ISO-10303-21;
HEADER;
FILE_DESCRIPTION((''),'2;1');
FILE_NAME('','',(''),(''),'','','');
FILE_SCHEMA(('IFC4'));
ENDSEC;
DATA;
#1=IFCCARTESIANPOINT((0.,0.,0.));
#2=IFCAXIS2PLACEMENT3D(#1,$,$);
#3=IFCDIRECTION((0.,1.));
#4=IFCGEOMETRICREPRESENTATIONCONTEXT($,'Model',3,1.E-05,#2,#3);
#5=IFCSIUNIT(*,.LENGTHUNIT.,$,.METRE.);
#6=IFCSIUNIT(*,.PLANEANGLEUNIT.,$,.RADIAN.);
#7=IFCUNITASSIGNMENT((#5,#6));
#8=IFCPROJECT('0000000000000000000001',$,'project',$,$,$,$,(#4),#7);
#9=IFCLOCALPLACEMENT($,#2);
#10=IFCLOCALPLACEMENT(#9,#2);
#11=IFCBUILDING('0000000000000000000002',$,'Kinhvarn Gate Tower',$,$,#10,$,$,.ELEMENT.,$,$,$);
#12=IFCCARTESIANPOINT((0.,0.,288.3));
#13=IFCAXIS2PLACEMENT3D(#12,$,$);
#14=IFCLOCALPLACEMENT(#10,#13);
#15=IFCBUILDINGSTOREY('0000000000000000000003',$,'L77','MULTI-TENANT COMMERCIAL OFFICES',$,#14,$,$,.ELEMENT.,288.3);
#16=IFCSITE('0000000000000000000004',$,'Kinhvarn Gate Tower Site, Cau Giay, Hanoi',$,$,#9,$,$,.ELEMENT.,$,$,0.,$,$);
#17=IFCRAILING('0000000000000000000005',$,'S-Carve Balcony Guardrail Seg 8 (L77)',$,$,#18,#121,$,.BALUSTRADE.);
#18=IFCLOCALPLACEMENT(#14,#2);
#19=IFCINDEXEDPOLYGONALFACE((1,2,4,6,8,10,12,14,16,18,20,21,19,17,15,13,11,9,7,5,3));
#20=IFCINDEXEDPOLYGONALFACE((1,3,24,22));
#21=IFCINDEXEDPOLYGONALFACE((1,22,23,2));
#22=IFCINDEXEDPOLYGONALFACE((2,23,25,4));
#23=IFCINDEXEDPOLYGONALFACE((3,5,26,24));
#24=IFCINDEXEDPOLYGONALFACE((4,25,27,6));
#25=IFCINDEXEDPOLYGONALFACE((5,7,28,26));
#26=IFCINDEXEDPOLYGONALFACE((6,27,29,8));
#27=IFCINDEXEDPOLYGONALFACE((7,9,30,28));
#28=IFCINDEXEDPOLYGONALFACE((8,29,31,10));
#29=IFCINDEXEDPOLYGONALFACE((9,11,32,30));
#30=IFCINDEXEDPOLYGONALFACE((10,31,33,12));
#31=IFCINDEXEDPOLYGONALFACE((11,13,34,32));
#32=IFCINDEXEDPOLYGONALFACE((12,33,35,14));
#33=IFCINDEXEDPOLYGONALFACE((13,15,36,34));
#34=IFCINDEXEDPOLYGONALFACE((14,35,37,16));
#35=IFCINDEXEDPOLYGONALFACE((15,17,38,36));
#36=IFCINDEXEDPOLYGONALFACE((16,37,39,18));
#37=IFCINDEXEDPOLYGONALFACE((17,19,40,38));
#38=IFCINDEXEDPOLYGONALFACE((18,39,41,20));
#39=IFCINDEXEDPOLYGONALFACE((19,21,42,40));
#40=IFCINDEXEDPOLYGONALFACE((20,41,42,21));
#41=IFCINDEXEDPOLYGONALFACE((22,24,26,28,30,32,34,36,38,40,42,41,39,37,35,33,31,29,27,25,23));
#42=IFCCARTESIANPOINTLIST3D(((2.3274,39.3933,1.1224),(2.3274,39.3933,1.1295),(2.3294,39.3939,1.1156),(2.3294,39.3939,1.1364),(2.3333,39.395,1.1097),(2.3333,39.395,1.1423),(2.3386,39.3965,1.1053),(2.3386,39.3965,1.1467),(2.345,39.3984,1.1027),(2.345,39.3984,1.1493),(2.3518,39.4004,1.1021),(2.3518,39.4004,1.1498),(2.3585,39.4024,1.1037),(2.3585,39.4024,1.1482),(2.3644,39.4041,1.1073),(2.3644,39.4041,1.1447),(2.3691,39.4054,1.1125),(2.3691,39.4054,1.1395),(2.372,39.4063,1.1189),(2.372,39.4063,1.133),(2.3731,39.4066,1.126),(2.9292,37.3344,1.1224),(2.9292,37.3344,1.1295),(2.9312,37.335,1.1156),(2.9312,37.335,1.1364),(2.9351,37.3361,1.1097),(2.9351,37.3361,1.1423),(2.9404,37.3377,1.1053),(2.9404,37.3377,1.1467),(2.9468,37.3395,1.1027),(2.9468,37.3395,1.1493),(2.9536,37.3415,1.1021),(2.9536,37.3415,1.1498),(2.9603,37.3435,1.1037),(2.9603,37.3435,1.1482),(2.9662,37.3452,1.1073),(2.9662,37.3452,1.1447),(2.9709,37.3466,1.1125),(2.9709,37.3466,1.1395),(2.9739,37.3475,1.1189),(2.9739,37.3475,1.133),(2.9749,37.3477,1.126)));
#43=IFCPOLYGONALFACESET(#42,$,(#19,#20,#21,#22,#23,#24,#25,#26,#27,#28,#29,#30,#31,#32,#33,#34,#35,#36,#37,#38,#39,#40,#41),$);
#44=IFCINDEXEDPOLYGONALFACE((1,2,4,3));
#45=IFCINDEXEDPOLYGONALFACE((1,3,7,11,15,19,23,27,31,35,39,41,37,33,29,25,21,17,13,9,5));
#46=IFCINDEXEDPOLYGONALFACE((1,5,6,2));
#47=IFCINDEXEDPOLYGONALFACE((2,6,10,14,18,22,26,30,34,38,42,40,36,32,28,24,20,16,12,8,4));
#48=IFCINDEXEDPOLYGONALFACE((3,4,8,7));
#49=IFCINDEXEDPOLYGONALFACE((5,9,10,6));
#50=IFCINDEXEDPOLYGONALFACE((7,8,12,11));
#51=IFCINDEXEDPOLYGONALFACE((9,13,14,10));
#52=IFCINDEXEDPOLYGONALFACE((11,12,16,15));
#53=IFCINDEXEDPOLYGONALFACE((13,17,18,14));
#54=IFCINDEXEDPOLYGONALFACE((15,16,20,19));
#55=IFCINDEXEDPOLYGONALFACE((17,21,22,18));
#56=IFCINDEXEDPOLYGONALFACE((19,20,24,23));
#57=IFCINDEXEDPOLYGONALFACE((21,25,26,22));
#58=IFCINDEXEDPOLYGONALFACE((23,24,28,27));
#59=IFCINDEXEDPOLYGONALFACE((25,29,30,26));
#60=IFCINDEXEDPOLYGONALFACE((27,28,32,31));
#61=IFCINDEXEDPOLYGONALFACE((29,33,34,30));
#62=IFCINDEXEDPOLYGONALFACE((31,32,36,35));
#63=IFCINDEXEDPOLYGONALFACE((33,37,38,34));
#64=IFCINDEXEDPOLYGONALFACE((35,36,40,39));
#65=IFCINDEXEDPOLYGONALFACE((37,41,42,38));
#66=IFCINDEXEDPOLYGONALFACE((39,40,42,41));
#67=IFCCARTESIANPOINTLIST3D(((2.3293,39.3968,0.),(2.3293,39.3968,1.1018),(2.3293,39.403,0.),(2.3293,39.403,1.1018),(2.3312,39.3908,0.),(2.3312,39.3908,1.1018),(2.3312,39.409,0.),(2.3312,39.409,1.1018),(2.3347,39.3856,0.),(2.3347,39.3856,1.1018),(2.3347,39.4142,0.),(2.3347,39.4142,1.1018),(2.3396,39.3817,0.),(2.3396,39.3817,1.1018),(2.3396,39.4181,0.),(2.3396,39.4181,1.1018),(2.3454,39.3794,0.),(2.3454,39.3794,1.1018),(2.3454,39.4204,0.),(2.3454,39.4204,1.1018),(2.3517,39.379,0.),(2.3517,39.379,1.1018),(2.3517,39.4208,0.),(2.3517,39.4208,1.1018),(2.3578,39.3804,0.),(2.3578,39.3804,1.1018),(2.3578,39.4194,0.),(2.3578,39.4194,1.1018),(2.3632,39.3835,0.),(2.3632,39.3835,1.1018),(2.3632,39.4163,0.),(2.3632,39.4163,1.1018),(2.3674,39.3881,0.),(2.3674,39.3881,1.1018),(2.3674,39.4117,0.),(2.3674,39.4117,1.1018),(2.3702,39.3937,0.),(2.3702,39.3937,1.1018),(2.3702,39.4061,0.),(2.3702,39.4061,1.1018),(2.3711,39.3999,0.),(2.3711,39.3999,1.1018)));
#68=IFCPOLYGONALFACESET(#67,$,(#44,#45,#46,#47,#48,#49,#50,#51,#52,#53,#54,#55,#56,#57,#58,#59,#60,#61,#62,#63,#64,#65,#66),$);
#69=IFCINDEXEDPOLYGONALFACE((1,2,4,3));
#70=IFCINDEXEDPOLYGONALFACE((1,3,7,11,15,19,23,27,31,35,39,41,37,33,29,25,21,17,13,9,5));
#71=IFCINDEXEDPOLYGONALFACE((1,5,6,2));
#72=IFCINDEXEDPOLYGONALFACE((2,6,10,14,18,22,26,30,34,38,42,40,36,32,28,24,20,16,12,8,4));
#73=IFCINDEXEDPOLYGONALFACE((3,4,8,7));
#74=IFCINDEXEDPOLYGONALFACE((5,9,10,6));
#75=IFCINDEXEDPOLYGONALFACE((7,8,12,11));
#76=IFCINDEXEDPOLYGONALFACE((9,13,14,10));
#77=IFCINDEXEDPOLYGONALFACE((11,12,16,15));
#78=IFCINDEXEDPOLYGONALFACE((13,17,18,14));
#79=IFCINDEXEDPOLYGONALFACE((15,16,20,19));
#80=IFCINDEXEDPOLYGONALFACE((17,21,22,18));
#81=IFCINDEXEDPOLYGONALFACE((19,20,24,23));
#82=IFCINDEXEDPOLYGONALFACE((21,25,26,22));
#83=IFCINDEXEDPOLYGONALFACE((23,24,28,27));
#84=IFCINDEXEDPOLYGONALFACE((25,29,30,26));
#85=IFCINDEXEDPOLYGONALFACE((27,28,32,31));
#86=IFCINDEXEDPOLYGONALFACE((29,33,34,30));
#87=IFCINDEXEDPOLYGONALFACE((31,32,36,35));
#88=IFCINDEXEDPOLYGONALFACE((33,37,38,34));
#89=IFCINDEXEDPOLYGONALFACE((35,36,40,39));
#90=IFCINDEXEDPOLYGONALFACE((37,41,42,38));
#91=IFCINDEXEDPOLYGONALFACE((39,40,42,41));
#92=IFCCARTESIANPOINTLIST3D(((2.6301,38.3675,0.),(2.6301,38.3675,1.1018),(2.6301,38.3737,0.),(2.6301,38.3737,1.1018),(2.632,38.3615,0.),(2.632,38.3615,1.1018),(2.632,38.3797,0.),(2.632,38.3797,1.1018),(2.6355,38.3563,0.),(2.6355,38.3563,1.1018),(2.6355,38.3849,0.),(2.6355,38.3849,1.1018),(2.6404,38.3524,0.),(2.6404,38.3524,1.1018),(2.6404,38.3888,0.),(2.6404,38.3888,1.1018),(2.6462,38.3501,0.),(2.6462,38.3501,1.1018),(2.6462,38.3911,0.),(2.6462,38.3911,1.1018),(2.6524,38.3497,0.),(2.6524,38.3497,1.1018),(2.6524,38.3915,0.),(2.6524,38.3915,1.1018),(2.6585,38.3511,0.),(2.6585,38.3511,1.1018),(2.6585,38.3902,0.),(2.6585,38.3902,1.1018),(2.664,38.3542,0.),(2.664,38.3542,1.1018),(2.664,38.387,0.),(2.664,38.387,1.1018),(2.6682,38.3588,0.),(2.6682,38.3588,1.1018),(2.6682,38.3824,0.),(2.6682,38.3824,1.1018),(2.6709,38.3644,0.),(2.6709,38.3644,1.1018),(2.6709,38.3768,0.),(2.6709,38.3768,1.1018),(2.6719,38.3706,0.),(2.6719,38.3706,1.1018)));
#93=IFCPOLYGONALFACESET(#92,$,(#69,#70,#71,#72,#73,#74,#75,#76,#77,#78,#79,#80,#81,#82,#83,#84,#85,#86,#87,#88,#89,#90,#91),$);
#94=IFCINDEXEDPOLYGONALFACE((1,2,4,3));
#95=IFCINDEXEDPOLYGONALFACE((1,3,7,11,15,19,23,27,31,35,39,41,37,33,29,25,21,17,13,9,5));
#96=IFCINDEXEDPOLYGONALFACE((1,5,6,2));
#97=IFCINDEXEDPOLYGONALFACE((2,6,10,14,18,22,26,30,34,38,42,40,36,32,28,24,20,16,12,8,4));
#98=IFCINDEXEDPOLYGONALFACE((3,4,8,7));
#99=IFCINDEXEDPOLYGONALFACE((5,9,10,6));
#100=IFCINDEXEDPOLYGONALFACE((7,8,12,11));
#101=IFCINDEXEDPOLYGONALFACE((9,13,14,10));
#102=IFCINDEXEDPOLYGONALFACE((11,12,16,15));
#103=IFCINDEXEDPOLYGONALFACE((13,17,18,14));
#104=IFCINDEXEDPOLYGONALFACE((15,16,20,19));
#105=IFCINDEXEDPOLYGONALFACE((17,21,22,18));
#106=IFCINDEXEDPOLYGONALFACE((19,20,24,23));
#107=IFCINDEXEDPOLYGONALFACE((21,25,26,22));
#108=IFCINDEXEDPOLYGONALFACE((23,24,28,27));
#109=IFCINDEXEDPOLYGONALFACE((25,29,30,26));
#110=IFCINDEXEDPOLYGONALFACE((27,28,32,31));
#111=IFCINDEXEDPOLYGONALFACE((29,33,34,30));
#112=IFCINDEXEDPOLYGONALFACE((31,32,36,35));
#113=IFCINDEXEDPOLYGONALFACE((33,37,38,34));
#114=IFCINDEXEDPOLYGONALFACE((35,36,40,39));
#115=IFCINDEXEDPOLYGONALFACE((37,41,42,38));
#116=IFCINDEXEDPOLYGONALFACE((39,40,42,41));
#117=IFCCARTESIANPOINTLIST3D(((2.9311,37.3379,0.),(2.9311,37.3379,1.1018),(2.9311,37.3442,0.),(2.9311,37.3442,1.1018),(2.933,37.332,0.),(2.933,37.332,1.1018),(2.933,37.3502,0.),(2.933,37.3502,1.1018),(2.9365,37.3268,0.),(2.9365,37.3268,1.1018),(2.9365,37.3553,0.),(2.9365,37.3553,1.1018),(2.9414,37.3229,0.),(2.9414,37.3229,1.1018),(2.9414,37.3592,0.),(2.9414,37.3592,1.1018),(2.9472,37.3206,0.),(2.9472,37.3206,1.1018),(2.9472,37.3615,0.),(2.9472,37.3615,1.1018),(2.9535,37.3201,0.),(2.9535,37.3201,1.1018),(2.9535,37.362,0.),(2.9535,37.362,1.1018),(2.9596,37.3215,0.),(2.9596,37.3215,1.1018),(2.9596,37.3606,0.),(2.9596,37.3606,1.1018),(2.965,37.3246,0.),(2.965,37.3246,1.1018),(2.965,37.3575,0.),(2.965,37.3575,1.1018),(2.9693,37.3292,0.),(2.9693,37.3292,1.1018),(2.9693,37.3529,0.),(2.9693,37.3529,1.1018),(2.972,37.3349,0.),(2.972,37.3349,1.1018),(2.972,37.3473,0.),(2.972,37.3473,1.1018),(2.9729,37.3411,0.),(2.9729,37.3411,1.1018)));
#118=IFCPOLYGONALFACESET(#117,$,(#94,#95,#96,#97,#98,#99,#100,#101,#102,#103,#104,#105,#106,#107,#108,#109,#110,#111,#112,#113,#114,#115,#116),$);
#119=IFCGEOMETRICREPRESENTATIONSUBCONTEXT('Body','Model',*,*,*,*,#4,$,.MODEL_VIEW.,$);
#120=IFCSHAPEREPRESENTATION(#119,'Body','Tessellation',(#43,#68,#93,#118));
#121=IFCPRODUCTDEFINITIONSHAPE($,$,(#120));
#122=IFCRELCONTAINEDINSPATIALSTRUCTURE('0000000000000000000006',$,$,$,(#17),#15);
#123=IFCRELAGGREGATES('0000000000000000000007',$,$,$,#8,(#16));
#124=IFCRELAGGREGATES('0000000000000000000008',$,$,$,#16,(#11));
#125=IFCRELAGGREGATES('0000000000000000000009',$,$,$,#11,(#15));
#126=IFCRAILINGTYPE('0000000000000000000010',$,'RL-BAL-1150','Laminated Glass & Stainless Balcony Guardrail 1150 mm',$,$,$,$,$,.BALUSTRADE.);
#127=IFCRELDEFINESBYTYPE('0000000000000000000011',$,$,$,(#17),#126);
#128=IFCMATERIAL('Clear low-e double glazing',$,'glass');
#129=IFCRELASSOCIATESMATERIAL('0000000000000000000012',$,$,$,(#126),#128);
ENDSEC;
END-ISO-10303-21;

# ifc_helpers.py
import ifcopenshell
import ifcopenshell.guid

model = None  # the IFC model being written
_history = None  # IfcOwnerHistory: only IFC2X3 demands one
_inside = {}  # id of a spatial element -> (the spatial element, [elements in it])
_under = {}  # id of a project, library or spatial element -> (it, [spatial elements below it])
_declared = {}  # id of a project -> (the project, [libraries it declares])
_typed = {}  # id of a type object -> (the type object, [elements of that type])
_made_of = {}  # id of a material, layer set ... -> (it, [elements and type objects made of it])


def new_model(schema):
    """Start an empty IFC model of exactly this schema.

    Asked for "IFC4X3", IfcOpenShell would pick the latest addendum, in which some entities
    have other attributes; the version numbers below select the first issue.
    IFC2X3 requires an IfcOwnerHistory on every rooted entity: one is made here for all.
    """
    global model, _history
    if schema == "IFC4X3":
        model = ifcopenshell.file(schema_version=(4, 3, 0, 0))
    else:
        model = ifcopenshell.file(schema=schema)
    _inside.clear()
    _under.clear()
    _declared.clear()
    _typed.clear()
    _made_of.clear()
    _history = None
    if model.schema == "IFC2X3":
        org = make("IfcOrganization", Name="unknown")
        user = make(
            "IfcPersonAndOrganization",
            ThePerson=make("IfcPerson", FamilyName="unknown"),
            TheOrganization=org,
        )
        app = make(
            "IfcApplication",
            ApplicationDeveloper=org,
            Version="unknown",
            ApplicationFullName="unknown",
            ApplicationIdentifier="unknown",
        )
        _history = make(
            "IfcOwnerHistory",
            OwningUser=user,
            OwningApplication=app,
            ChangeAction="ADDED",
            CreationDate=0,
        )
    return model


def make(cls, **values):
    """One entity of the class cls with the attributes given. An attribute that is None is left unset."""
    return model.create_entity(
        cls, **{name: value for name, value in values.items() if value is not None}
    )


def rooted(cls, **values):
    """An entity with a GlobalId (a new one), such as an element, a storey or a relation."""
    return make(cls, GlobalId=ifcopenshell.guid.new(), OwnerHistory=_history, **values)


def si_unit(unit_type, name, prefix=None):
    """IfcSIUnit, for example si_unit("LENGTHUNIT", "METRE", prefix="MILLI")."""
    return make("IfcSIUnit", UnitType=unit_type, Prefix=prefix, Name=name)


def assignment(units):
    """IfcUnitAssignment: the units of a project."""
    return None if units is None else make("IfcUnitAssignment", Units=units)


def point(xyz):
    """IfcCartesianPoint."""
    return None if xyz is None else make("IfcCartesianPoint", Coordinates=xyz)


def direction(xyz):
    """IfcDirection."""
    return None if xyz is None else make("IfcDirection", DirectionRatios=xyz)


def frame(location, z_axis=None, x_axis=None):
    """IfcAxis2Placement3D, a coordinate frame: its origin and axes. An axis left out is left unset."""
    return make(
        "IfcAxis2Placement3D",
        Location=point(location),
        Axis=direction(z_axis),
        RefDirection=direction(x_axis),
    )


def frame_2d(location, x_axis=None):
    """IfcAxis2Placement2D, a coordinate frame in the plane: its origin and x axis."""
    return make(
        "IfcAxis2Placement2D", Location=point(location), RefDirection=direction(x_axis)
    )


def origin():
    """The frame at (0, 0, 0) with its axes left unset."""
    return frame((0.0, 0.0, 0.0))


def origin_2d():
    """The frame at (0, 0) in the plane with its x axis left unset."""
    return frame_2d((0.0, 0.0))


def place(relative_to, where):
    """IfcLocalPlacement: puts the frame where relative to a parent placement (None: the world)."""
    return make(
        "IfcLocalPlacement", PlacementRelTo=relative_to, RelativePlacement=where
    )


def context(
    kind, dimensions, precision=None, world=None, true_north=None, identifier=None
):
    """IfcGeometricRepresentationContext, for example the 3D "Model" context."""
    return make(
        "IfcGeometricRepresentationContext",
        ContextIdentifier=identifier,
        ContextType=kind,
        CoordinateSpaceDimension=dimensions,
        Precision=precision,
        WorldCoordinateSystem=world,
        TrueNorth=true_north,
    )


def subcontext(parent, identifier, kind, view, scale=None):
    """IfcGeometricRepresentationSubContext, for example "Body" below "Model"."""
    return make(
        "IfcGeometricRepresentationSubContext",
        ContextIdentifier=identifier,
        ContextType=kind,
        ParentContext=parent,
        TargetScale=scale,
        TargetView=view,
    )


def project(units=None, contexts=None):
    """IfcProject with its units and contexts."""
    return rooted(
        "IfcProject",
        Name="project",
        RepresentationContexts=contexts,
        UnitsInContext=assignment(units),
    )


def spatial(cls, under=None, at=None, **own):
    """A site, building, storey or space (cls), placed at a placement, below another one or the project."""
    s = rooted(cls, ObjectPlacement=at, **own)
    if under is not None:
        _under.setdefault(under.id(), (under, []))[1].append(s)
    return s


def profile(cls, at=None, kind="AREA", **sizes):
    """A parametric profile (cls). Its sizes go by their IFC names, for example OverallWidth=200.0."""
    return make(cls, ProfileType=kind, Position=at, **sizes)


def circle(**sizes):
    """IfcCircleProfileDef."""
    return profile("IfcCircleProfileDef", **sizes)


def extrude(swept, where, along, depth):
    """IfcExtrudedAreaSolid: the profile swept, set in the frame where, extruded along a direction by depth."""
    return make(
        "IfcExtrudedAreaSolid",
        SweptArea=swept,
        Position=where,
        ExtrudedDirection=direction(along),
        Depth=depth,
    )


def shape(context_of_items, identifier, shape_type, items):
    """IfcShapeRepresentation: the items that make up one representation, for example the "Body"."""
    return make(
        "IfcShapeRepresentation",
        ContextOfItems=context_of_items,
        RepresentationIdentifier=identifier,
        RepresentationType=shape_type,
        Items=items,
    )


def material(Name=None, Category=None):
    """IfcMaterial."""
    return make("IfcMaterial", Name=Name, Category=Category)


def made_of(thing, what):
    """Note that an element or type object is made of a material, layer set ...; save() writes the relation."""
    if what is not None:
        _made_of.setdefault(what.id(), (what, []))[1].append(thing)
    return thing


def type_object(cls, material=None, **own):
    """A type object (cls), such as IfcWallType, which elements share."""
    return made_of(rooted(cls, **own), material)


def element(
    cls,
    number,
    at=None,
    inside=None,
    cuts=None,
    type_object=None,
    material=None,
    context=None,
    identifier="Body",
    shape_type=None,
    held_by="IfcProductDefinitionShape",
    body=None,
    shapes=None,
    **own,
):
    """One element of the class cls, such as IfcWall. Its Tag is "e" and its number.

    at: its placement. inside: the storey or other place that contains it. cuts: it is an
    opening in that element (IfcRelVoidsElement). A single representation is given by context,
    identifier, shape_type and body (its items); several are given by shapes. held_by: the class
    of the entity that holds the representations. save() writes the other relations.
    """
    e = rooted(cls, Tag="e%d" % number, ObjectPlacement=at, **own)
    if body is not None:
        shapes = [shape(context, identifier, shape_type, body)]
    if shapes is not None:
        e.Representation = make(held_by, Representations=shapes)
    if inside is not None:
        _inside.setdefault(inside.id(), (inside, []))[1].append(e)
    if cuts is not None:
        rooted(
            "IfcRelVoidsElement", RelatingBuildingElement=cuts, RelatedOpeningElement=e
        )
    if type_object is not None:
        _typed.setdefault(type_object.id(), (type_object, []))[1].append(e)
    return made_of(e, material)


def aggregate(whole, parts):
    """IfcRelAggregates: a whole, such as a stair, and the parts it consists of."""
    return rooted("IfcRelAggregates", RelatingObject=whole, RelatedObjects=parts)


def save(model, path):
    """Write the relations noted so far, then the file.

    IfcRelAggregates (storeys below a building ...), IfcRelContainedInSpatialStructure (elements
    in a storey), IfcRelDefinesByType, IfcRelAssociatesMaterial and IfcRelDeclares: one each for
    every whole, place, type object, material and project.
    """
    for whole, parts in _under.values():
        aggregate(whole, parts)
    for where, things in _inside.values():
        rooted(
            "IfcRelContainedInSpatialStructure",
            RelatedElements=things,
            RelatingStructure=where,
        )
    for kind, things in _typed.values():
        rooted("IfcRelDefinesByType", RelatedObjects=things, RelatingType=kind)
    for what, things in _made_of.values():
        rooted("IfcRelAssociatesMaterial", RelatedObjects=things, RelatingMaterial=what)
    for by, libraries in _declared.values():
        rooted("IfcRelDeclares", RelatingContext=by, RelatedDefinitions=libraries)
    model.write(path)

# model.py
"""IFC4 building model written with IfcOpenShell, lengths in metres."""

from ifc_helpers import new_model, si_unit, direction, frame, origin, origin_2d, place, context, subcontext, project, spatial, circle, extrude, material, type_object, element, save


model = new_model("IFC4")

# Units and contexts
model_context = context("Model", 3, precision=1e-05, world=origin(), true_north=direction((0.0, 1.0)))
body_context = subcontext(model_context, "Body", "Model", "MODEL_VIEW")
ifc_project = project(units=[si_unit("LENGTHUNIT", "METRE"), si_unit("PLANEANGLEUNIT", "RADIAN")], contexts=[model_context])

# Site, building, storey
site_placement = place(None, origin())
site = spatial("IfcSite", under=ifc_project, at=site_placement, Name="Kinhvarn Gate Tower Site, Cau Giay, Hanoi", CompositionType="ELEMENT", RefElevation=0.0)
building_placement = place(site_placement, origin())
building = spatial("IfcBuilding", under=site, at=building_placement, Name="Kinhvarn Gate Tower", CompositionType="ELEMENT")
storey_placement = place(building_placement, frame((0.0, 0.0, 288.3)))
storey = spatial("IfcBuildingStorey", under=building, at=storey_placement, Name="L77", Description="MULTI-TENANT COMMERCIAL OFFICES", CompositionType="ELEMENT", Elevation=288.3)

# Shared definitions
ifc_material_1 = material(Name="Clear low-e double glazing", Category="glass")

# Railing
railing_type = type_object("IfcRailingType", Name="RL-BAL-1150", Description="Laminated Glass & Stainless Balcony Guardrail 1150 mm", PredefinedType="BALUSTRADE", material=ifc_material_1)
railing_1_placement = place(storey_placement, frame((2.3501, 39.3999, 0.0)))
element("IfcRailing", 1, at=railing_1_placement, inside=storey, type_object=railing_type, Name="S-Carve Balcony Guardrail Seg 8 (L77)", PredefinedType="BALUSTRADE", context=body_context, shape_type="SweptSolid", body=[
    extrude(circle(Radius=0.0239, at=origin_2d()), frame((0.0, 0.0, 1.126), z_axis=(0.280564, -0.959835, 0.0), x_axis=(0.959835, 0.280564, 0.0)), (0.0, 0.0, 1.0), 2.145),
    extrude(circle(Radius=0.021, at=origin_2d()), origin(), (0.0, 0.0, 1.0), 1.1018),
    extrude(circle(Radius=0.021, at=origin_2d()), frame((0.3008, -1.0293, 0.0)), (0.0, 0.0, 1.0), 1.1018),
    extrude(circle(Radius=0.021, at=origin_2d()), frame((0.6018, -2.0588, 0.0)), (0.0, 0.0, 1.0), 1.1018),
])

save(model, "model.ifc")
